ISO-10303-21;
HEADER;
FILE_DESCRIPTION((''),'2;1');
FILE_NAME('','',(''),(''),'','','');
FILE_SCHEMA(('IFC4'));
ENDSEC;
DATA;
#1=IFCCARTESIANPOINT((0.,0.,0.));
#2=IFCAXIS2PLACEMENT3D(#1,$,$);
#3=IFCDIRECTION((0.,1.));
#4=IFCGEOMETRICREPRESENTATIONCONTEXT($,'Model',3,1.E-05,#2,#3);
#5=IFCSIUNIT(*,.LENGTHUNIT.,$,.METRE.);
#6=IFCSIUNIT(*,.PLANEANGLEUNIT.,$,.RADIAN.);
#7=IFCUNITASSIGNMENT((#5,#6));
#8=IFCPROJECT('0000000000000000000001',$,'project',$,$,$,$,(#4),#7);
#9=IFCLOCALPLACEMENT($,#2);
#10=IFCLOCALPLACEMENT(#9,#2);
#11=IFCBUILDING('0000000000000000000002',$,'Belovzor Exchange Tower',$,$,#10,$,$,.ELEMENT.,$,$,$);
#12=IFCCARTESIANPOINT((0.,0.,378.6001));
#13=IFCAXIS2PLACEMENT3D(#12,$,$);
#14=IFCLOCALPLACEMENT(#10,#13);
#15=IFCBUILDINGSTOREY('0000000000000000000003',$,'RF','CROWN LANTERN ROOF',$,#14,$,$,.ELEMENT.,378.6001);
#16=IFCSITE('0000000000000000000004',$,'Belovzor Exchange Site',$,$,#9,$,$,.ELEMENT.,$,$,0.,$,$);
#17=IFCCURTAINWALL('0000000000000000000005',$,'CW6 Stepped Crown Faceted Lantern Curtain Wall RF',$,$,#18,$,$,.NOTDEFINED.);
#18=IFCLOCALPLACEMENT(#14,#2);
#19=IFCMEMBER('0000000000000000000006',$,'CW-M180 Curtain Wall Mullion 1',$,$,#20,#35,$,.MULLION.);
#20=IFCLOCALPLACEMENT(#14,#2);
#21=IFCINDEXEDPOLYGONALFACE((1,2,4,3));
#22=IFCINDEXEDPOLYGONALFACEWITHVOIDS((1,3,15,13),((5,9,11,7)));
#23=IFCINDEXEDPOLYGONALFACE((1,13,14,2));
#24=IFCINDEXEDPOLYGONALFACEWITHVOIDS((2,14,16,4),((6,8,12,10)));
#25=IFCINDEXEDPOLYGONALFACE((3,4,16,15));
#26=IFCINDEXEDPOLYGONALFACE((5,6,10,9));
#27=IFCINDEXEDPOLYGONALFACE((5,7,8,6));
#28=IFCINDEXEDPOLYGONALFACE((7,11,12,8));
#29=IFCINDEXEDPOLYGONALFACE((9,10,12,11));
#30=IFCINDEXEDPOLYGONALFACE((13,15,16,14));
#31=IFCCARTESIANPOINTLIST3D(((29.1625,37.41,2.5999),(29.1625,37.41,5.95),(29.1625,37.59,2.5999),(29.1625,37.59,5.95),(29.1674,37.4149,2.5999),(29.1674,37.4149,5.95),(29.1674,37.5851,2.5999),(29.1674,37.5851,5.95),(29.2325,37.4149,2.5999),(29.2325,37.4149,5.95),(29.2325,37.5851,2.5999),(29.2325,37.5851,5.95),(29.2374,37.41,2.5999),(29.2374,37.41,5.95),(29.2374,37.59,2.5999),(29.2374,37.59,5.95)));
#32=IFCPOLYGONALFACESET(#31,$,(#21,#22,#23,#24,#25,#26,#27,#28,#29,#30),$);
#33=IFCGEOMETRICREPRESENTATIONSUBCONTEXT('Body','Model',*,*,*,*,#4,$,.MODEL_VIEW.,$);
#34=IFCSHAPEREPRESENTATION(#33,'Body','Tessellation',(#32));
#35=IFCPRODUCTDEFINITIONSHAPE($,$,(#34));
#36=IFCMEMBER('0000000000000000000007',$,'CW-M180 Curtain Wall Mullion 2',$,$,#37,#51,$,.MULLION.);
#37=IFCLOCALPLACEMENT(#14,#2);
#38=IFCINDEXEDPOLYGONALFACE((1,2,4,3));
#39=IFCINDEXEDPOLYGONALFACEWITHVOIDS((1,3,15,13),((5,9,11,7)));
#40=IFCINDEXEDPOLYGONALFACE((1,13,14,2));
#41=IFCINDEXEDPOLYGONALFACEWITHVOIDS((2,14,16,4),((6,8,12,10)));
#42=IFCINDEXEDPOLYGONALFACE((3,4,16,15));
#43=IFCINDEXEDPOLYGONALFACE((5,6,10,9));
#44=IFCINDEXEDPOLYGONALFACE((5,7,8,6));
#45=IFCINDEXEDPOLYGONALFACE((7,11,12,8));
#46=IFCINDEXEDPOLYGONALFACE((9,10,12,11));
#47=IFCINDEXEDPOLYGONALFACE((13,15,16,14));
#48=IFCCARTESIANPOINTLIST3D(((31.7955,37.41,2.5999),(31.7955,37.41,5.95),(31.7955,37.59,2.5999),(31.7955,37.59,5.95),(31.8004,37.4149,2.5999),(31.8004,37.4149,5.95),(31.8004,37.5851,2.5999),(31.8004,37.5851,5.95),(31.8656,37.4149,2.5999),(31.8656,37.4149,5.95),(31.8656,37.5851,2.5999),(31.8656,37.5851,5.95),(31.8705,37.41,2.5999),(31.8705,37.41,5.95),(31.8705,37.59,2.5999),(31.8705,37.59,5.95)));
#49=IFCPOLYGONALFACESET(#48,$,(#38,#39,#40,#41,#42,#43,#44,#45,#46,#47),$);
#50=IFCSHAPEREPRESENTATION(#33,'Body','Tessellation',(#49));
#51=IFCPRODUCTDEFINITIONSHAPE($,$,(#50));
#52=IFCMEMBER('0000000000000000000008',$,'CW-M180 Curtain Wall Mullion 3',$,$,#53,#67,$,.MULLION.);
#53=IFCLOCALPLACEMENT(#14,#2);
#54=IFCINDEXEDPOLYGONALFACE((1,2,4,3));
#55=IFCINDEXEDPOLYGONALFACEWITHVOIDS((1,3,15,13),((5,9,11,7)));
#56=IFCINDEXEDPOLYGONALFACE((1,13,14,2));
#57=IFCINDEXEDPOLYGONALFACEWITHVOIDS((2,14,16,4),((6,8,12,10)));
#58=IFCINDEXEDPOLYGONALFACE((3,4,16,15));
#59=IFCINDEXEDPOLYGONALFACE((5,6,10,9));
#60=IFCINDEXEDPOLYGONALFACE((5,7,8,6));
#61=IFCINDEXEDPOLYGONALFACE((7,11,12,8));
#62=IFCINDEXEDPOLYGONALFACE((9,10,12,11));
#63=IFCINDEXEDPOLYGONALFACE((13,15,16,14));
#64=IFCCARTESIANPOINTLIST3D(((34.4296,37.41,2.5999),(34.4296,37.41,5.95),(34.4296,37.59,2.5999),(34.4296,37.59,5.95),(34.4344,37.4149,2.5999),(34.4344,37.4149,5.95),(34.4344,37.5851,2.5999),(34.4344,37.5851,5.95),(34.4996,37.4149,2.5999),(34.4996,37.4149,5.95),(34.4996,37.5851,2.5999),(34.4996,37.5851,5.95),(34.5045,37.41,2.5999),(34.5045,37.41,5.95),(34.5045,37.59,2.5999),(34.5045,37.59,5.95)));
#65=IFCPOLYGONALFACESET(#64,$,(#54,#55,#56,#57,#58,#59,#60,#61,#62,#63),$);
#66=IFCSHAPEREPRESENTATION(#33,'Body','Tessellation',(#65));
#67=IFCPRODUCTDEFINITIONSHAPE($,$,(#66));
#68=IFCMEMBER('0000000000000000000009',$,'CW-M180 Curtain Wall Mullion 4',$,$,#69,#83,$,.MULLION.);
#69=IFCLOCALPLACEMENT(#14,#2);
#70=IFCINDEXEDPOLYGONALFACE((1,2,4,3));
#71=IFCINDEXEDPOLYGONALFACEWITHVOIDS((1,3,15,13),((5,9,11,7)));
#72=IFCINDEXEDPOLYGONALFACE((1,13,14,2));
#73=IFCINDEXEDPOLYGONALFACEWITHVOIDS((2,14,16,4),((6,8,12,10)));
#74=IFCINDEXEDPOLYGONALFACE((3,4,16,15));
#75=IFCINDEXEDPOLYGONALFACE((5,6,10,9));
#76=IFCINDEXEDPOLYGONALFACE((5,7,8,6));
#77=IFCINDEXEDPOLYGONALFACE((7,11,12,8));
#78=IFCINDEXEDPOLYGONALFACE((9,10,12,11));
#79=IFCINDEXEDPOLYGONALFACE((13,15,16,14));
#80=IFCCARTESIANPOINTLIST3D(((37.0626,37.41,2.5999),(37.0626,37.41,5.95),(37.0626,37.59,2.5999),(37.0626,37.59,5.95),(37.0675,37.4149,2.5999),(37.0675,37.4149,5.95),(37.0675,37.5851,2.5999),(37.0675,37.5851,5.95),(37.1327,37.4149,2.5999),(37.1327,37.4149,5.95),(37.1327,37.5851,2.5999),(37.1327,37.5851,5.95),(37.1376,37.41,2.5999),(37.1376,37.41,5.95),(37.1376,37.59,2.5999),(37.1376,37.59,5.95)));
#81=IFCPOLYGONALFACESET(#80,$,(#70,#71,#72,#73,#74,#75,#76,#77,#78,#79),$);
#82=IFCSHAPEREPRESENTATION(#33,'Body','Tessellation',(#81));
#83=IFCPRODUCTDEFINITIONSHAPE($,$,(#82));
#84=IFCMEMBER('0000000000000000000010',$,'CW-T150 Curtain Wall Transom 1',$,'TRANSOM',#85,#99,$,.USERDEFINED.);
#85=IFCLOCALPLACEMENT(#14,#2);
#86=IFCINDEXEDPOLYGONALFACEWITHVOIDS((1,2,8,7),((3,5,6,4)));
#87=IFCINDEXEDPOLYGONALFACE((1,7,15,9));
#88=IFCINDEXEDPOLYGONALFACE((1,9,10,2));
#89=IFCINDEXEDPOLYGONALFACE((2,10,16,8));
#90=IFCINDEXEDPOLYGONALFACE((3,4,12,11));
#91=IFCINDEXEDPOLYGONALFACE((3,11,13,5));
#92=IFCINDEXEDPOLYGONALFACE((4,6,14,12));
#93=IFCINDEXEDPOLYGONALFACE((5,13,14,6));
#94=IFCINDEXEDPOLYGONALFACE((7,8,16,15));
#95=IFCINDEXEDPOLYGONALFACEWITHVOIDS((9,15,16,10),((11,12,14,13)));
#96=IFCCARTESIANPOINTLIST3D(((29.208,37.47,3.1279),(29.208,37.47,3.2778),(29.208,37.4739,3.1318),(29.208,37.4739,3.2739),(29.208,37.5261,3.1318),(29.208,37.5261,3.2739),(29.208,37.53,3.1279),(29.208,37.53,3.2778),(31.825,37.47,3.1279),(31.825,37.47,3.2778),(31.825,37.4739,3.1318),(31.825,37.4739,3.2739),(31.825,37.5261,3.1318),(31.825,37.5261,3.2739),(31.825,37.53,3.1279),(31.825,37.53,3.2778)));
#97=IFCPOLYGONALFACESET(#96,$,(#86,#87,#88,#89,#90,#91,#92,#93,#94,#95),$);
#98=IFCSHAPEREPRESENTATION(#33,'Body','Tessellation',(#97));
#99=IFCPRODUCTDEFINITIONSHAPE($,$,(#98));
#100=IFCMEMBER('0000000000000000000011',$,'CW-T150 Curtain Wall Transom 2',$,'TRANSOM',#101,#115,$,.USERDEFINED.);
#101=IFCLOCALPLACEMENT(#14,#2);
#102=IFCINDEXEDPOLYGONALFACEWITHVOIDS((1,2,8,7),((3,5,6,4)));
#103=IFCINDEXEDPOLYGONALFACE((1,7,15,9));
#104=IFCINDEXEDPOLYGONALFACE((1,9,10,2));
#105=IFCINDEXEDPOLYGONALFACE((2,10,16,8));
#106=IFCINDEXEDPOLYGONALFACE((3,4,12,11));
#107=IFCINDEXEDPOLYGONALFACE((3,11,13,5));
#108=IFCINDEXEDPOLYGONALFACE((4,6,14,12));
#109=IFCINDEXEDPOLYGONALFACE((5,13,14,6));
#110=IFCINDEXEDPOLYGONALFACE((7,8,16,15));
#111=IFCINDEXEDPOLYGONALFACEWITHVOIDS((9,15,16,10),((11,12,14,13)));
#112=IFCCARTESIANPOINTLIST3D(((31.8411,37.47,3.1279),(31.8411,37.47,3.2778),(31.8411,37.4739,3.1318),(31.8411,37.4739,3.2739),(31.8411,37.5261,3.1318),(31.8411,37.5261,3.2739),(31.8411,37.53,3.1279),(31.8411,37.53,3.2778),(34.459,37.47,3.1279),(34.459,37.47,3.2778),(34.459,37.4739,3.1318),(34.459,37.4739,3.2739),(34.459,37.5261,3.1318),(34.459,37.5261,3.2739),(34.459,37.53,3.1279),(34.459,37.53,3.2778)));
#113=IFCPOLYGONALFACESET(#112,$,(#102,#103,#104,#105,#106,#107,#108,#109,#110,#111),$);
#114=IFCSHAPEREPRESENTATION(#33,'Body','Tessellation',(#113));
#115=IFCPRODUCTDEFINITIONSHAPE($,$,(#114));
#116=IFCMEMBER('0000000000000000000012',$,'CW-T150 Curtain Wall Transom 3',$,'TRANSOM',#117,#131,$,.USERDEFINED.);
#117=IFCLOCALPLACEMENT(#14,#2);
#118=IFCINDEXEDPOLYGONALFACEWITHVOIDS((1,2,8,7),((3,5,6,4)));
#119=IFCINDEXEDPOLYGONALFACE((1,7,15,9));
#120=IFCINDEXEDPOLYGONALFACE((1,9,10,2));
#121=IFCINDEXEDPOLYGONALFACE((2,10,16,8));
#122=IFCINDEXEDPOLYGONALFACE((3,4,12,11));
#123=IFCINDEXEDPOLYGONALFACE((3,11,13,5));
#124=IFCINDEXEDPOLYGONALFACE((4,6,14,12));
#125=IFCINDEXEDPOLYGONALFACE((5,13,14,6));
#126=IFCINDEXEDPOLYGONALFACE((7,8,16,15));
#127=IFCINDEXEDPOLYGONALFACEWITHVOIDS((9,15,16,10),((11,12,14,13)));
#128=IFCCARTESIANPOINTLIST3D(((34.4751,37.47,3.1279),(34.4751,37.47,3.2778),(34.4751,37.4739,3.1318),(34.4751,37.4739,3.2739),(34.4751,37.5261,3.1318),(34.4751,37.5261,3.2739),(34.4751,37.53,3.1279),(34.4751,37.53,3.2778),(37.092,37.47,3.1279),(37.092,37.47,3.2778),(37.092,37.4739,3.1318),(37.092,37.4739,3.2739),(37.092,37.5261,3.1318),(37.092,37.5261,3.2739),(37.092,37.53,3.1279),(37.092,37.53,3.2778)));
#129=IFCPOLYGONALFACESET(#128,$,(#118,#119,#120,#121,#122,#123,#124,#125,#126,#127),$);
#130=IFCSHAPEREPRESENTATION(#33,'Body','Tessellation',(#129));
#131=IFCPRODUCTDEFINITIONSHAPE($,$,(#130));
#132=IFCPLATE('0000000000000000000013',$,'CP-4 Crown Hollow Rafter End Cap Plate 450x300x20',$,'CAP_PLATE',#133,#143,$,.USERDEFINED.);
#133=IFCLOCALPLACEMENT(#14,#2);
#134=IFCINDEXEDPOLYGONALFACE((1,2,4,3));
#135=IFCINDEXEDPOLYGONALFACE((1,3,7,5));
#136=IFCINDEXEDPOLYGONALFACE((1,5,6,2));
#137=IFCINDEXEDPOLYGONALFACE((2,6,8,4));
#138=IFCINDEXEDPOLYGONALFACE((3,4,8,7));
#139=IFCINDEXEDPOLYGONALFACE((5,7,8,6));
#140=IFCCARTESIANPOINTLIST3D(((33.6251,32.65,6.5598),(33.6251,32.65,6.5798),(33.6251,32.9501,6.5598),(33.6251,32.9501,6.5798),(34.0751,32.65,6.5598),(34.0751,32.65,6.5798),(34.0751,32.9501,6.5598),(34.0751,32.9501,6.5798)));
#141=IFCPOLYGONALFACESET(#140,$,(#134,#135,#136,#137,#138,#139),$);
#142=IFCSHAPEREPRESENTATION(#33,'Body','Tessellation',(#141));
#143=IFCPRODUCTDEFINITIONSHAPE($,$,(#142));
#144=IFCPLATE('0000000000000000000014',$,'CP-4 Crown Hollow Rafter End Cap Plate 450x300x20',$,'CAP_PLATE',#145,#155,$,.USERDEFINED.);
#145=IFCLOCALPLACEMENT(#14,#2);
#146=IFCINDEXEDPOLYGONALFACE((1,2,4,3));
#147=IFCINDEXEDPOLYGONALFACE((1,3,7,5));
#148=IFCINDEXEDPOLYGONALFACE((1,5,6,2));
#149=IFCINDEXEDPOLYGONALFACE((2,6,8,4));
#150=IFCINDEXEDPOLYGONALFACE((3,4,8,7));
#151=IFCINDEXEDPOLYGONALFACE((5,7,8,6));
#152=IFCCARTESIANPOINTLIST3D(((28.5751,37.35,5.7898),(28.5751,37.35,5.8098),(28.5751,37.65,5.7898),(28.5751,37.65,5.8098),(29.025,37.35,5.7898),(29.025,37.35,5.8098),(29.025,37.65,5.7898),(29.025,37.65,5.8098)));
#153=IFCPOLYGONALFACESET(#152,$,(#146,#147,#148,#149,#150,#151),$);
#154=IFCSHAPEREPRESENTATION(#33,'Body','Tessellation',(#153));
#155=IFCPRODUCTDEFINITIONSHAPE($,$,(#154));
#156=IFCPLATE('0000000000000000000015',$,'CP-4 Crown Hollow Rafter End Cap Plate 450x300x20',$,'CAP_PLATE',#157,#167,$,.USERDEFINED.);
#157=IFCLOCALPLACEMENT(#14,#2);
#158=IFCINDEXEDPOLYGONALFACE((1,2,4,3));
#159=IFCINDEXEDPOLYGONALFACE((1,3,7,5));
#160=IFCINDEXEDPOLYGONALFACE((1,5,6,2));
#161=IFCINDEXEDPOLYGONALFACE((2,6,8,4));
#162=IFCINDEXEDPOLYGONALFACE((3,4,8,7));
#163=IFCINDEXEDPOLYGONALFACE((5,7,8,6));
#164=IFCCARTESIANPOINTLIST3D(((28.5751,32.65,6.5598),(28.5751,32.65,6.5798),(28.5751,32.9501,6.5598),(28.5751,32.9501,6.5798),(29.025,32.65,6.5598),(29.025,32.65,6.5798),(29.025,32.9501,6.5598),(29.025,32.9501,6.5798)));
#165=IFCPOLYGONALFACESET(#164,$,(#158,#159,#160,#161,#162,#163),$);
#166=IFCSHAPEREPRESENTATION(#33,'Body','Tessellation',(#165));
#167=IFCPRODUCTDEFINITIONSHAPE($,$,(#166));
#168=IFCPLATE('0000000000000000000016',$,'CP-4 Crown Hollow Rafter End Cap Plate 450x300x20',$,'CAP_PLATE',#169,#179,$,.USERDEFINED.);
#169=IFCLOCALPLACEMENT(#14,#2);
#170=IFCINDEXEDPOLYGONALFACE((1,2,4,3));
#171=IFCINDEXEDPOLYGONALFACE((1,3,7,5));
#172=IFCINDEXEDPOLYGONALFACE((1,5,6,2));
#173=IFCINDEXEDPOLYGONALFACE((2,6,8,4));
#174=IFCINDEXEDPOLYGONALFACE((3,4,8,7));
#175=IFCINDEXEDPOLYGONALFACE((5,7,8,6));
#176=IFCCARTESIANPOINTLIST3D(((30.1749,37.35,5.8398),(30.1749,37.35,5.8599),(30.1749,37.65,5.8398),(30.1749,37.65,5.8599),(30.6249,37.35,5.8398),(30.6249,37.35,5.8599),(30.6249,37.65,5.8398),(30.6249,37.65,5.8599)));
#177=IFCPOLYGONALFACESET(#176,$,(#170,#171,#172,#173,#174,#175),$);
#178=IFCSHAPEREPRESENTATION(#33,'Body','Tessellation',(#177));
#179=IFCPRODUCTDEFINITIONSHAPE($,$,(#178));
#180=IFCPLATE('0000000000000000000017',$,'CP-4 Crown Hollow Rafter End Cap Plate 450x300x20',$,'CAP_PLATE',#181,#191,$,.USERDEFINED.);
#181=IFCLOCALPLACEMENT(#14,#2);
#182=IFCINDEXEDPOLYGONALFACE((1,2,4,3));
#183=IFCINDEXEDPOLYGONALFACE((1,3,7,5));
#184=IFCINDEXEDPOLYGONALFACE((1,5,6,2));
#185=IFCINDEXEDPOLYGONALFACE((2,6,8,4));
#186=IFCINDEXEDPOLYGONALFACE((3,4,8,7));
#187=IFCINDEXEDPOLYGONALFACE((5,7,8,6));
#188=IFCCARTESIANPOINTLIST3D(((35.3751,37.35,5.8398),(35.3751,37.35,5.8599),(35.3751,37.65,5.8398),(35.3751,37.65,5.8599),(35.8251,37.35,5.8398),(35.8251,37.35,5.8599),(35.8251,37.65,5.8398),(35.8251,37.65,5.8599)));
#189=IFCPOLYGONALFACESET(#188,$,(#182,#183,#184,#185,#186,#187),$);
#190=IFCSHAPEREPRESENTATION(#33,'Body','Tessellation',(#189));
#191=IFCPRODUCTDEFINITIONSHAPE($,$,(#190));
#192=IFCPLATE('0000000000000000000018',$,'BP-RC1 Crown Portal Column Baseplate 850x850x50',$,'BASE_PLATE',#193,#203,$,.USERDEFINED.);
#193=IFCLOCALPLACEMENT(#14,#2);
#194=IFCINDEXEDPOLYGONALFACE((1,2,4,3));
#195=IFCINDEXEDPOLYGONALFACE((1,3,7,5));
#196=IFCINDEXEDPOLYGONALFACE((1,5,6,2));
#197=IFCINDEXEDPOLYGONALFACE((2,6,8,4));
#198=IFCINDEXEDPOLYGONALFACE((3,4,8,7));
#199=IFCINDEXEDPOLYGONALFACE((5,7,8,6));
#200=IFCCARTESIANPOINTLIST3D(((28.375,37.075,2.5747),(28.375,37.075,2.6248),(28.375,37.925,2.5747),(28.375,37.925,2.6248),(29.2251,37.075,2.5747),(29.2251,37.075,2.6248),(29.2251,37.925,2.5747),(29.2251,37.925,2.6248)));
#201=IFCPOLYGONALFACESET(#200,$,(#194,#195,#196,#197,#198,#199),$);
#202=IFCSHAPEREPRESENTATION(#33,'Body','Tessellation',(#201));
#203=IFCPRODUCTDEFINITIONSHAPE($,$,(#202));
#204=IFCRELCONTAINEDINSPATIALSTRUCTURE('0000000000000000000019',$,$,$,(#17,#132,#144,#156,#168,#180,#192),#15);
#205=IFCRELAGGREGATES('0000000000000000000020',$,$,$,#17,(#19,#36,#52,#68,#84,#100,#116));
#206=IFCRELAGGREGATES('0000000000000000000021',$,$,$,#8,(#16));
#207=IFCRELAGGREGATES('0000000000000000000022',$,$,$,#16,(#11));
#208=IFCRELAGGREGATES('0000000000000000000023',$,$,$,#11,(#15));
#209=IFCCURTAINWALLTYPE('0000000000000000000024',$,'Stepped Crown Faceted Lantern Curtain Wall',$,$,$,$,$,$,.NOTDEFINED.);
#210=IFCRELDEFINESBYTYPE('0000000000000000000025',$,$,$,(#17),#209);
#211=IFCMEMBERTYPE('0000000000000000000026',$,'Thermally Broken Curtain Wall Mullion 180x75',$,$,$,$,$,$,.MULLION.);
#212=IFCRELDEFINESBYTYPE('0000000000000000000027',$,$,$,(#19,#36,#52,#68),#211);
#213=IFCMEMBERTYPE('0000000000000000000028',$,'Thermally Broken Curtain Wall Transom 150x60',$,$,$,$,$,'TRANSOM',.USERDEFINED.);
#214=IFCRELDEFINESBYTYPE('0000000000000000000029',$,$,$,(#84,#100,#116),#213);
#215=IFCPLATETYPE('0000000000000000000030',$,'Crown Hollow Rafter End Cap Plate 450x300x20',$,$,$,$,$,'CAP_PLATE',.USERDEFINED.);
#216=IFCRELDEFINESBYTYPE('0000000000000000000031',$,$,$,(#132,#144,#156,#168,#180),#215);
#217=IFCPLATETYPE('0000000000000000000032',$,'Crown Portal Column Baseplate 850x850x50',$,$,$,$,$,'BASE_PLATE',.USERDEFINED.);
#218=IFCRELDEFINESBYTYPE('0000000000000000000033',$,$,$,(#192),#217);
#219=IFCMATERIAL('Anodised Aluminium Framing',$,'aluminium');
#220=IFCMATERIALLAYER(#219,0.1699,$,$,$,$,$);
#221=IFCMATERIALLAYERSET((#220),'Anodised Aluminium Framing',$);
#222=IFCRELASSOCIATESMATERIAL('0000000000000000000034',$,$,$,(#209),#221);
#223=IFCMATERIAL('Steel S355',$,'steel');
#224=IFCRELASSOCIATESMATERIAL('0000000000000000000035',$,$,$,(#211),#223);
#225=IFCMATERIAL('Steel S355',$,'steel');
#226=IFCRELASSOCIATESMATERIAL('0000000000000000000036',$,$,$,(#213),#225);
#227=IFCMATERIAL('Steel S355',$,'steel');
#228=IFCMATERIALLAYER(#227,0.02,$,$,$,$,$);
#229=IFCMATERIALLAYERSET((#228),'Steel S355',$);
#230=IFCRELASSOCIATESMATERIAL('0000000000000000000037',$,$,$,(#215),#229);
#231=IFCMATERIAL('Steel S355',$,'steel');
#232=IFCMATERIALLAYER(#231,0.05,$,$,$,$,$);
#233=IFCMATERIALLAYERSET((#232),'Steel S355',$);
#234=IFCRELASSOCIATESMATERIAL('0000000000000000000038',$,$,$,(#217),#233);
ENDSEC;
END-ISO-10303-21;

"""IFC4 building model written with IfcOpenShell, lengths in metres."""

from ifc_helpers import new_model, si_unit, direction, frame, origin, origin_2d, place, context, subcontext, project, spatial, rectangle, hollow_rectangle, extrude, material, layer, layer_set, material_profile, profile_set, type_object, element, aggregate, save


model = new_model("IFC4")

# Units and contexts
model_context = context("Model", 3, precision=1e-05, world=origin(), true_north=direction((0.0, 1.0)))
body_context = subcontext(model_context, "Body", "Model", "MODEL_VIEW")
ifc_project = project(units=[si_unit("LENGTHUNIT", "METRE"), si_unit("PLANEANGLEUNIT", "RADIAN")], contexts=[model_context])

# Site, building, storey
site_placement = place(None, origin())
site = spatial("IfcSite", under=ifc_project, at=site_placement, Name="Belovzor Exchange Site", CompositionType="ELEMENT", RefElevation=0.0)
building_placement = place(site_placement, origin())
building = spatial("IfcBuilding", under=site, at=building_placement, Name="Belovzor Exchange Tower", CompositionType="ELEMENT")
storey_placement = place(building_placement, frame((0.0, 0.0, 378.6001)))
storey = spatial("IfcBuildingStorey", under=building, at=storey_placement, Name="RF", Description="CROWN LANTERN ROOF", CompositionType="ELEMENT", Elevation=378.6001)

# Curtain wall, members
ifc_material_1 = material(Name="Anodised Aluminium Framing", Category="aluminium")
ifc_layer_1 = layer(ifc_material_1, 0.1699)
ifc_layer_set_1 = layer_set([ifc_layer_1], Name="Anodised Aluminium Framing")
curtain_wall_type = type_object("IfcCurtainWallType", Name="Stepped Crown Faceted Lantern Curtain Wall", PredefinedType="NOTDEFINED", material=ifc_layer_set_1)
curtain_wall_placement = place(storey_placement, origin())
curtain_wall = element("IfcCurtainWall", 1, at=curtain_wall_placement, inside=storey, type_object=curtain_wall_type, Name="CW6 Stepped Crown Faceted Lantern Curtain Wall RF", PredefinedType="NOTDEFINED")
ifc_material_2 = material(Name="Steel S355", Category="steel")
ifc_material_profile_1 = material_profile(ifc_material_2, hollow_rectangle(XDim=0.075, YDim=0.1799, WallThickness=0.0049, at=origin_2d()))
ifc_profile_set_1 = profile_set([ifc_material_profile_1], Name="Steel S355")
member_type_1 = type_object("IfcMemberType", Name="Thermally Broken Curtain Wall Mullion 180x75", PredefinedType="MULLION", material=ifc_profile_set_1)
member_1_placement = place(storey_placement, frame((29.2, 37.5, 2.5999), z_axis=(0.0, 0.0, 1.0), x_axis=(1.0, 0.0, 0.0)))
member_1 = element("IfcMember", 2, at=member_1_placement, type_object=member_type_1, Name="CW-M180 Curtain Wall Mullion 1", PredefinedType="MULLION", context=body_context, shape_type="SweptSolid", body=[
    extrude(hollow_rectangle(XDim=0.075, YDim=0.1799, WallThickness=0.0049, at=origin_2d()), origin(), (0.0, 0.0, 1.0), 3.3501),
])
member_2_placement = place(storey_placement, frame((31.833, 37.5, 2.5999), z_axis=(0.0, 0.0, 1.0), x_axis=(1.0, 0.0, 0.0)))
member_2 = element("IfcMember", 3, at=member_2_placement, type_object=member_type_1, Name="CW-M180 Curtain Wall Mullion 2", PredefinedType="MULLION", context=body_context, shape_type="SweptSolid", body=[
    extrude(hollow_rectangle(XDim=0.075, YDim=0.1799, WallThickness=0.0049, at=origin_2d()), origin(), (0.0, 0.0, 1.0), 3.3501),
])
member_3_placement = place(storey_placement, frame((34.467, 37.5, 2.5999), z_axis=(0.0, 0.0, 1.0), x_axis=(1.0, 0.0, 0.0)))
member_3 = element("IfcMember", 4, at=member_3_placement, type_object=member_type_1, Name="CW-M180 Curtain Wall Mullion 3", PredefinedType="MULLION", context=body_context, shape_type="SweptSolid", body=[
    extrude(hollow_rectangle(XDim=0.075, YDim=0.1799, WallThickness=0.0049, at=origin_2d()), origin(), (0.0, 0.0, 1.0), 3.3501),
])
member_4_placement = place(storey_placement, frame((37.1001, 37.5, 2.5999), z_axis=(0.0, 0.0, 1.0), x_axis=(1.0, 0.0, 0.0)))
member_4 = element("IfcMember", 5, at=member_4_placement, type_object=member_type_1, Name="CW-M180 Curtain Wall Mullion 4", PredefinedType="MULLION", context=body_context, shape_type="SweptSolid", body=[
    extrude(hollow_rectangle(XDim=0.075, YDim=0.1799, WallThickness=0.0049, at=origin_2d()), origin(), (0.0, 0.0, 1.0), 3.3501),
])
ifc_material_3 = material(Name="Steel S355", Category="steel")
ifc_material_profile_2 = material_profile(ifc_material_3, hollow_rectangle(XDim=0.0601, YDim=0.1499, WallThickness=0.0039, at=origin_2d()))
ifc_profile_set_2 = profile_set([ifc_material_profile_2], Name="Steel S355")
member_type_2 = type_object("IfcMemberType", Name="Thermally Broken Curtain Wall Transom 150x60", ElementType="TRANSOM", PredefinedType="USERDEFINED", material=ifc_profile_set_2)
member_5_placement = place(storey_placement, frame((29.208, 37.5, 3.2029), z_axis=(1.0, 0.0, 0.0), x_axis=(0.0, 1.0, 0.0)))
member_5 = element("IfcMember", 6, at=member_5_placement, type_object=member_type_2, Name="CW-T150 Curtain Wall Transom 1", ObjectType="TRANSOM", PredefinedType="USERDEFINED", context=body_context, shape_type="SweptSolid", body=[
    extrude(hollow_rectangle(XDim=0.0601, YDim=0.1499, WallThickness=0.0039, at=origin_2d()), origin(), (0.0, 0.0, 1.0), 2.6169),
])
member_6_placement = place(storey_placement, frame((31.8411, 37.5, 3.2029), z_axis=(1.0, 0.0, 0.0), x_axis=(0.0, 1.0, 0.0)))
member_6 = element("IfcMember", 7, at=member_6_placement, type_object=member_type_2, Name="CW-T150 Curtain Wall Transom 2", ObjectType="TRANSOM", PredefinedType="USERDEFINED", context=body_context, shape_type="SweptSolid", body=[
    extrude(hollow_rectangle(XDim=0.0601, YDim=0.1499, WallThickness=0.0039, at=origin_2d()), origin(), (0.0, 0.0, 1.0), 2.6179),
])
member_7_placement = place(storey_placement, frame((34.4751, 37.5, 3.2029), z_axis=(1.0, 0.0, 0.0), x_axis=(0.0, 1.0, 0.0)))
member_7 = element("IfcMember", 8, at=member_7_placement, type_object=member_type_2, Name="CW-T150 Curtain Wall Transom 3", ObjectType="TRANSOM", PredefinedType="USERDEFINED", context=body_context, shape_type="SweptSolid", body=[
    extrude(hollow_rectangle(XDim=0.0601, YDim=0.1499, WallThickness=0.0039, at=origin_2d()), origin(), (0.0, 0.0, 1.0), 2.6169),
])

# Plates
ifc_material_4 = material(Name="Steel S355", Category="steel")
ifc_layer_2 = layer(ifc_material_4, 0.02)
ifc_layer_set_2 = layer_set([ifc_layer_2], Name="Steel S355")
plate_type_1 = type_object("IfcPlateType", Name="Crown Hollow Rafter End Cap Plate 450x300x20", ElementType="CAP_PLATE", PredefinedType="USERDEFINED", material=ifc_layer_set_2)
for number, where, z_axis, x_axis, name in (
    (9, (33.8501, 32.8, 6.5598), (0.0, 0.0, 1.0), (1.0, 0.0, 0.0), "CP-4 Crown Hollow Rafter End Cap Plate 450x300x20"),
    (10, (28.8, 37.5, 5.7898), (0.0, 0.0, 1.0), (1.0, 0.0, 0.0), "CP-4 Crown Hollow Rafter End Cap Plate 450x300x20"),
    (11, (28.8, 32.8, 6.5598), (0.0, 0.0, 1.0), (1.0, 0.0, 0.0), "CP-4 Crown Hollow Rafter End Cap Plate 450x300x20"),
    (12, (30.3999, 37.5, 5.8398), (0.0, 0.0, 1.0), (1.0, 0.0, 0.0), "CP-4 Crown Hollow Rafter End Cap Plate 450x300x20"),
    (13, (35.6001, 37.5, 5.8398), (0.0, 0.0, 1.0), (1.0, 0.0, 0.0), "CP-4 Crown Hollow Rafter End Cap Plate 450x300x20"),
):
    element("IfcPlate", number, at=place(storey_placement, frame(where, z_axis=z_axis, x_axis=x_axis)), inside=storey, type_object=plate_type_1, Name=name, ObjectType="CAP_PLATE", PredefinedType="USERDEFINED", context=body_context, shape_type="SweptSolid", body=[
        extrude(rectangle(XDim=0.45, YDim=0.3, at=origin_2d()), origin(), (0.0, 0.0, 1.0), 0.02),
    ])
ifc_material_5 = material(Name="Steel S355", Category="steel")
ifc_layer_3 = layer(ifc_material_5, 0.05)
ifc_layer_set_3 = layer_set([ifc_layer_3], Name="Steel S355")
plate_type_2 = type_object("IfcPlateType", Name="Crown Portal Column Baseplate 850x850x50", ElementType="BASE_PLATE", PredefinedType="USERDEFINED", material=ifc_layer_set_3)
plate_1_placement = place(storey_placement, frame((28.8, 37.5, 2.5747), z_axis=(0.0, 0.0, 1.0), x_axis=(1.0, 0.0, 0.0)))
element("IfcPlate", 14, at=plate_1_placement, inside=storey, type_object=plate_type_2, Name="BP-RC1 Crown Portal Column Baseplate 850x850x50", ObjectType="BASE_PLATE", PredefinedType="USERDEFINED", context=body_context, shape_type="SweptSolid", body=[
    extrude(rectangle(XDim=0.8501, YDim=0.8501, at=origin_2d()), origin(), (0.0, 0.0, 1.0), 0.05),
])

aggregate(curtain_wall, [member_1, member_2, member_3, member_4, member_5, member_6, member_7])

save(model, "model.ifc")
